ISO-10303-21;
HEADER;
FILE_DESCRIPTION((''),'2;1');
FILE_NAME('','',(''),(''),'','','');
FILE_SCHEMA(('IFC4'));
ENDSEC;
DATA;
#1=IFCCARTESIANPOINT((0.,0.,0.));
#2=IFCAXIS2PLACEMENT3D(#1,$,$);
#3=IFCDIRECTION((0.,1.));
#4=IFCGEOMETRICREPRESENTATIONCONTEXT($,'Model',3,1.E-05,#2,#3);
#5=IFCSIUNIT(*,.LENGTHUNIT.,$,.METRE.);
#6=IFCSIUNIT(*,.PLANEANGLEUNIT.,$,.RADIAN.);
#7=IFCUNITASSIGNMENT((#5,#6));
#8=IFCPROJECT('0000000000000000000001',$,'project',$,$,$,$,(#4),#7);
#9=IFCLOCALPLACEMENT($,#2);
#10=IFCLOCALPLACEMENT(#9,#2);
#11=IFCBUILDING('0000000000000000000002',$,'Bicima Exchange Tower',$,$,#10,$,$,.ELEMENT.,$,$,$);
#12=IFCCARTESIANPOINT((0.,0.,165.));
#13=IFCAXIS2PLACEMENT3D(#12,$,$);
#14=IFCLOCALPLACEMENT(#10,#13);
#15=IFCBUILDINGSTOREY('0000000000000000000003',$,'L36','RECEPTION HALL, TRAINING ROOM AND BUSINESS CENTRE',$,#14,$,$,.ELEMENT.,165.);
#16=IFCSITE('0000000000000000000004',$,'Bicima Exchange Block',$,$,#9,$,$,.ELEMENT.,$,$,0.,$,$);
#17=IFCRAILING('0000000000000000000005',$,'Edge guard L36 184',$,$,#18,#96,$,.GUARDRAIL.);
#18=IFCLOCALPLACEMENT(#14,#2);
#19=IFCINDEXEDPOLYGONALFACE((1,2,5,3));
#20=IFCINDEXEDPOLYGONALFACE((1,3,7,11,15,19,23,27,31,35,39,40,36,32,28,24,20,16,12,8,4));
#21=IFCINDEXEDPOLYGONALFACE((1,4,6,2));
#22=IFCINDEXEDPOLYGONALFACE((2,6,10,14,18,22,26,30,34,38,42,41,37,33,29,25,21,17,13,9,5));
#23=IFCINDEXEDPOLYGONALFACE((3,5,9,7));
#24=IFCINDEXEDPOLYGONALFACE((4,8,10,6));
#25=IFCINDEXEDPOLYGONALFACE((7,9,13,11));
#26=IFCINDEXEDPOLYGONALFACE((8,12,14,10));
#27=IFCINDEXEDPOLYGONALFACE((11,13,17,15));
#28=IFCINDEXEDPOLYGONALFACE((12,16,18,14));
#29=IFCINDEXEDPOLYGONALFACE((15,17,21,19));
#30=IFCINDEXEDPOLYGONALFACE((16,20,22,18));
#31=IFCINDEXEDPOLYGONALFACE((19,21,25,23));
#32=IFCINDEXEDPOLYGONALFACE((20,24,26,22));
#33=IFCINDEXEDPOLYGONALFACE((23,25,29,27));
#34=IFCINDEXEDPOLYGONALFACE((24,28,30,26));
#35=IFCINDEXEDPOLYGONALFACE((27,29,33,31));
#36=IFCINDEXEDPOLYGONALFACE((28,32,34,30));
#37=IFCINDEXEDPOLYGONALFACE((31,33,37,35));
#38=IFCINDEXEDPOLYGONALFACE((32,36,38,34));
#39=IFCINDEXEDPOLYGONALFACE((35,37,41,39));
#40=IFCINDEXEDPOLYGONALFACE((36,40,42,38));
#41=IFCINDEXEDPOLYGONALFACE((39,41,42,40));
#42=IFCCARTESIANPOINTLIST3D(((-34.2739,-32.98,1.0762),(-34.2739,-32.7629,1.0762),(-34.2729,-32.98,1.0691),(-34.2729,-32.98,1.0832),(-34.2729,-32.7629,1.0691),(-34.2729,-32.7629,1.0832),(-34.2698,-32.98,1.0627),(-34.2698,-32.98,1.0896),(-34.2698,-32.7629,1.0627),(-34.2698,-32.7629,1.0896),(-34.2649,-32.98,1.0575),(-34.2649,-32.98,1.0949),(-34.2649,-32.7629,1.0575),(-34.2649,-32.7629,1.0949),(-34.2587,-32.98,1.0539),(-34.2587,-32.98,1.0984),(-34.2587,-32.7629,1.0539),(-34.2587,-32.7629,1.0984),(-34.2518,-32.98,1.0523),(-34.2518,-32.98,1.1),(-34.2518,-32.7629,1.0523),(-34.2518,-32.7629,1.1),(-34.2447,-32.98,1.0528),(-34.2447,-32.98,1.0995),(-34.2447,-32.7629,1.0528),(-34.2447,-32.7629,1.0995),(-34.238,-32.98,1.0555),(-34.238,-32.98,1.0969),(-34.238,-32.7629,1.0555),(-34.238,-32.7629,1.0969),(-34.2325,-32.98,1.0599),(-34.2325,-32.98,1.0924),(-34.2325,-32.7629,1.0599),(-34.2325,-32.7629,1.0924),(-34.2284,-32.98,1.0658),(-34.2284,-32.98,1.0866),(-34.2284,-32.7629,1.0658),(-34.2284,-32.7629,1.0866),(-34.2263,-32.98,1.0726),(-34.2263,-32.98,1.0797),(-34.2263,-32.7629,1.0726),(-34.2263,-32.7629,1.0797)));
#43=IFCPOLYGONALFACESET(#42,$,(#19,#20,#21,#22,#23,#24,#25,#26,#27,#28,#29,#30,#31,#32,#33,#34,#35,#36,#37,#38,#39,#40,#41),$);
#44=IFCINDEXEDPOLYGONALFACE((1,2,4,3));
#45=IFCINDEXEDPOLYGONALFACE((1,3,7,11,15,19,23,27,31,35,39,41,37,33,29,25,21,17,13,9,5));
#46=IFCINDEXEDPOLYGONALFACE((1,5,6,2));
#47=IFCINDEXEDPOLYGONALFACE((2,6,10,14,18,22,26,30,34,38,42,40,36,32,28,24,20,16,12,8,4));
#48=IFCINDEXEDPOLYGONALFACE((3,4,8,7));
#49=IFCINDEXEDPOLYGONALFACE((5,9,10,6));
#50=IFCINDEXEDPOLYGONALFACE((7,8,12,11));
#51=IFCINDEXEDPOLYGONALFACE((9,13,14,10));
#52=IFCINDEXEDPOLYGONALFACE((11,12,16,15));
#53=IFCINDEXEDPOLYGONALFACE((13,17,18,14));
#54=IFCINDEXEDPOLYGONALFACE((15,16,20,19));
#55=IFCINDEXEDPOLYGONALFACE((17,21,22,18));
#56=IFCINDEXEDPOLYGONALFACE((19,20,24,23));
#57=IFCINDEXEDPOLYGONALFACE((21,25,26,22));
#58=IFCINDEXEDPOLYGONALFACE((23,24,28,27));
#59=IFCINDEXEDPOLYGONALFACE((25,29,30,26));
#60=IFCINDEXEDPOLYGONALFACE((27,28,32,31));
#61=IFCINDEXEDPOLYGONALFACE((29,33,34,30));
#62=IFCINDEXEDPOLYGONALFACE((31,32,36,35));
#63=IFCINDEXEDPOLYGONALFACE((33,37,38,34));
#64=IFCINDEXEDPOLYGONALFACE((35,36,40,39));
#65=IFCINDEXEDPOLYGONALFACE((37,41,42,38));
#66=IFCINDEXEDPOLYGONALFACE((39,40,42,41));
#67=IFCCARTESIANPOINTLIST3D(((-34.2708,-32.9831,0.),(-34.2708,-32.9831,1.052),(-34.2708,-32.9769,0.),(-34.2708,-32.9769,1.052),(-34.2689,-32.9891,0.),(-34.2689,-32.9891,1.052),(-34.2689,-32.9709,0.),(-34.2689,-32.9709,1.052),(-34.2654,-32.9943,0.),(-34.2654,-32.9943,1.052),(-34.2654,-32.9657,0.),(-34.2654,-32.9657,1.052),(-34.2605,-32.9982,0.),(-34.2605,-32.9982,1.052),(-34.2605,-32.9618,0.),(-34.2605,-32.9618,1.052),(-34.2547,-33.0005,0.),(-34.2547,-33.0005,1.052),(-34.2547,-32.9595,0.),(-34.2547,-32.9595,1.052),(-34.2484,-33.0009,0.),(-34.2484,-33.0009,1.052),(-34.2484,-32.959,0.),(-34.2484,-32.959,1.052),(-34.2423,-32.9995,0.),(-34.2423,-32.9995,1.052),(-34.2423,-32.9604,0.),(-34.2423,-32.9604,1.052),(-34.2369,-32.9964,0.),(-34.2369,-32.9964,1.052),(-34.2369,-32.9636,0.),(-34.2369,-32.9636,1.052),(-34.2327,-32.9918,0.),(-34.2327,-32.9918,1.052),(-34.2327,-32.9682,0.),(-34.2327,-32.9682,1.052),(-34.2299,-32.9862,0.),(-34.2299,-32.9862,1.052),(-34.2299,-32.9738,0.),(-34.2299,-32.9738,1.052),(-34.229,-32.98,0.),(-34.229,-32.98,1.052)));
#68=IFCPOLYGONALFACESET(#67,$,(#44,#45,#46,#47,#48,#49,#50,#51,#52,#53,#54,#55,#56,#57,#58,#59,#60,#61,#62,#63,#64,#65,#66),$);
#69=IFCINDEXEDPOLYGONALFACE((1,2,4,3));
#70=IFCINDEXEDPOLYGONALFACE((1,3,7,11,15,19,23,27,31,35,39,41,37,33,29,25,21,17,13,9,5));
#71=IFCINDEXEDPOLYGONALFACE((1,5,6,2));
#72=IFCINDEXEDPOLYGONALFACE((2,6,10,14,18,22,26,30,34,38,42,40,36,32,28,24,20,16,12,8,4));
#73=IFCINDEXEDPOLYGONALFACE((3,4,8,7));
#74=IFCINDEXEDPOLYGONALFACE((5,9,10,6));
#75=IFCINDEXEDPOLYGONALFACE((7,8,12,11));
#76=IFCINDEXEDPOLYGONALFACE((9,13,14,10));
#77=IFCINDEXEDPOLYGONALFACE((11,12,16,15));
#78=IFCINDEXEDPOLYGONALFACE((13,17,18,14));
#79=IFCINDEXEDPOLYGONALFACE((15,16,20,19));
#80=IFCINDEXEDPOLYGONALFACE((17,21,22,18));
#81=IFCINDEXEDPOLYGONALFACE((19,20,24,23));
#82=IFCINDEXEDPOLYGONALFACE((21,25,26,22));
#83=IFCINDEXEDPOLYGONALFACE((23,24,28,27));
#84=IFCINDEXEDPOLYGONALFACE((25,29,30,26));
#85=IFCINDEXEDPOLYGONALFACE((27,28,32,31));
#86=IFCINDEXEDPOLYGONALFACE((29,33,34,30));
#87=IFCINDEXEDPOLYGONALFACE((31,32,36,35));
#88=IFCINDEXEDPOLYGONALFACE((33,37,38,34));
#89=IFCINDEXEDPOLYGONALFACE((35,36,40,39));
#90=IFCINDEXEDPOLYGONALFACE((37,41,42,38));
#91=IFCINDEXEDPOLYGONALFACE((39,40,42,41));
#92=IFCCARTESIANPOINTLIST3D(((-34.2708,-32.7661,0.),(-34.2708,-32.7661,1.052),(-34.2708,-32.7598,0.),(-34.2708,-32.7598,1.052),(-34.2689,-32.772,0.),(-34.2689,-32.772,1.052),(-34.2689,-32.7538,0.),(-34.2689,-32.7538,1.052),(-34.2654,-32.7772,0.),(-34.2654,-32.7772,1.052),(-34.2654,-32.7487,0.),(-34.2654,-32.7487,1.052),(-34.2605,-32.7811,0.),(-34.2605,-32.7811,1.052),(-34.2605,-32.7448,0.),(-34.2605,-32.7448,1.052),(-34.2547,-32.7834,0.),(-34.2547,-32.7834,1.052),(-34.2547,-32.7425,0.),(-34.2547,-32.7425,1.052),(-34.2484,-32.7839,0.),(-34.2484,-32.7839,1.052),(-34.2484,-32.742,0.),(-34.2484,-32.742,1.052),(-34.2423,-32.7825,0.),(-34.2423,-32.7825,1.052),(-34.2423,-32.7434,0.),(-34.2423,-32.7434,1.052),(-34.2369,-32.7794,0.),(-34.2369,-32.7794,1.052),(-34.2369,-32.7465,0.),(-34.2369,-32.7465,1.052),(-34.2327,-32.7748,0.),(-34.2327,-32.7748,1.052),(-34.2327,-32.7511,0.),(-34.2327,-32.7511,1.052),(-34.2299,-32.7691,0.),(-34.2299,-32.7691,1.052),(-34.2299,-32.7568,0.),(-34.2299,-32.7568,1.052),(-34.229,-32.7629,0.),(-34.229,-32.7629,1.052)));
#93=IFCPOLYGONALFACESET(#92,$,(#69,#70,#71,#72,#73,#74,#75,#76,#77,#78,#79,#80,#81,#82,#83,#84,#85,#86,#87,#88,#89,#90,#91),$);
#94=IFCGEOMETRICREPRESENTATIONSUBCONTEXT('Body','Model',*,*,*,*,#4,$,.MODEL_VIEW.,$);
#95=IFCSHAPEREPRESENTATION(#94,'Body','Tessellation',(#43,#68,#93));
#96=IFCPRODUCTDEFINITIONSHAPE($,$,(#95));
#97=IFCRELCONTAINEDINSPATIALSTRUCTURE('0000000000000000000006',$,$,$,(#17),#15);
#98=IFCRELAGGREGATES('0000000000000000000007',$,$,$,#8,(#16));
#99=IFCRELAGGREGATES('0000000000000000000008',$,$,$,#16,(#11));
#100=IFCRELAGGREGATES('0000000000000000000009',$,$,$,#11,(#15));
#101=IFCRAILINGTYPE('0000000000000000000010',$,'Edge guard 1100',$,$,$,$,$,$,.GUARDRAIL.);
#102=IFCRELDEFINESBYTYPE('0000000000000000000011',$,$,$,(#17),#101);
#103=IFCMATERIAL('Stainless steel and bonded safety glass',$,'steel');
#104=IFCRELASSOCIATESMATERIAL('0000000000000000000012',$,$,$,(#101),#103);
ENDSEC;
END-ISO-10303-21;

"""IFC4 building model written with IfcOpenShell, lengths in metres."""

from ifc_helpers import new_model, si_unit, direction, frame, origin, origin_2d, place, context, subcontext, project, spatial, circle, extrude, material, type_object, element, save


model = new_model("IFC4")

# Units and contexts
model_context = context("Model", 3, precision=1e-05, world=origin(), true_north=direction((0.0, 1.0)))
body_context = subcontext(model_context, "Body", "Model", "MODEL_VIEW")
ifc_project = project(units=[si_unit("LENGTHUNIT", "METRE"), si_unit("PLANEANGLEUNIT", "RADIAN")], contexts=[model_context])

# Site, building, storey
site_placement = place(None, origin())
site = spatial("IfcSite", under=ifc_project, at=site_placement, Name="Bicima Exchange Block", CompositionType="ELEMENT", RefElevation=0.0)
building_placement = place(site_placement, origin())
building = spatial("IfcBuilding", under=site, at=building_placement, Name="Bicima Exchange Tower", CompositionType="ELEMENT")
storey_placement = place(building_placement, frame((0.0, 0.0, 165.0)))
storey = spatial("IfcBuildingStorey", under=building, at=storey_placement, Name="L36", Description="RECEPTION HALL, TRAINING ROOM AND BUSINESS CENTRE", CompositionType="ELEMENT", Elevation=165.0)

# Railing
ifc_material_1 = material(Name="Stainless steel and bonded safety glass", Category="steel")
railing_type = type_object("IfcRailingType", Name="Edge guard 1100", PredefinedType="GUARDRAIL", material=ifc_material_1)
railing_1_placement = place(storey_placement, frame((-34.25, -32.98, 0.0)))
element("IfcRailing", 1, at=railing_1_placement, inside=storey, type_object=railing_type, Name="Edge guard L36 184", PredefinedType="GUARDRAIL", context=body_context, shape_type="SweptSolid", body=[
    extrude(circle(Radius=0.0239, at=origin_2d()), frame((0.0, 0.0, 1.0762), z_axis=(0.0, 1.0, 0.0), x_axis=(-1.0, 0.0, 0.0)), (0.0, 0.0, 1.0), 0.217),
    extrude(circle(Radius=0.021, at=origin_2d()), origin(), (0.0, 0.0, 1.0), 1.052),
    extrude(circle(Radius=0.021, at=origin_2d()), frame((0.0, 0.217, 0.0)), (0.0, 0.0, 1.0), 1.052),
])

save(model, "model.ifc")
